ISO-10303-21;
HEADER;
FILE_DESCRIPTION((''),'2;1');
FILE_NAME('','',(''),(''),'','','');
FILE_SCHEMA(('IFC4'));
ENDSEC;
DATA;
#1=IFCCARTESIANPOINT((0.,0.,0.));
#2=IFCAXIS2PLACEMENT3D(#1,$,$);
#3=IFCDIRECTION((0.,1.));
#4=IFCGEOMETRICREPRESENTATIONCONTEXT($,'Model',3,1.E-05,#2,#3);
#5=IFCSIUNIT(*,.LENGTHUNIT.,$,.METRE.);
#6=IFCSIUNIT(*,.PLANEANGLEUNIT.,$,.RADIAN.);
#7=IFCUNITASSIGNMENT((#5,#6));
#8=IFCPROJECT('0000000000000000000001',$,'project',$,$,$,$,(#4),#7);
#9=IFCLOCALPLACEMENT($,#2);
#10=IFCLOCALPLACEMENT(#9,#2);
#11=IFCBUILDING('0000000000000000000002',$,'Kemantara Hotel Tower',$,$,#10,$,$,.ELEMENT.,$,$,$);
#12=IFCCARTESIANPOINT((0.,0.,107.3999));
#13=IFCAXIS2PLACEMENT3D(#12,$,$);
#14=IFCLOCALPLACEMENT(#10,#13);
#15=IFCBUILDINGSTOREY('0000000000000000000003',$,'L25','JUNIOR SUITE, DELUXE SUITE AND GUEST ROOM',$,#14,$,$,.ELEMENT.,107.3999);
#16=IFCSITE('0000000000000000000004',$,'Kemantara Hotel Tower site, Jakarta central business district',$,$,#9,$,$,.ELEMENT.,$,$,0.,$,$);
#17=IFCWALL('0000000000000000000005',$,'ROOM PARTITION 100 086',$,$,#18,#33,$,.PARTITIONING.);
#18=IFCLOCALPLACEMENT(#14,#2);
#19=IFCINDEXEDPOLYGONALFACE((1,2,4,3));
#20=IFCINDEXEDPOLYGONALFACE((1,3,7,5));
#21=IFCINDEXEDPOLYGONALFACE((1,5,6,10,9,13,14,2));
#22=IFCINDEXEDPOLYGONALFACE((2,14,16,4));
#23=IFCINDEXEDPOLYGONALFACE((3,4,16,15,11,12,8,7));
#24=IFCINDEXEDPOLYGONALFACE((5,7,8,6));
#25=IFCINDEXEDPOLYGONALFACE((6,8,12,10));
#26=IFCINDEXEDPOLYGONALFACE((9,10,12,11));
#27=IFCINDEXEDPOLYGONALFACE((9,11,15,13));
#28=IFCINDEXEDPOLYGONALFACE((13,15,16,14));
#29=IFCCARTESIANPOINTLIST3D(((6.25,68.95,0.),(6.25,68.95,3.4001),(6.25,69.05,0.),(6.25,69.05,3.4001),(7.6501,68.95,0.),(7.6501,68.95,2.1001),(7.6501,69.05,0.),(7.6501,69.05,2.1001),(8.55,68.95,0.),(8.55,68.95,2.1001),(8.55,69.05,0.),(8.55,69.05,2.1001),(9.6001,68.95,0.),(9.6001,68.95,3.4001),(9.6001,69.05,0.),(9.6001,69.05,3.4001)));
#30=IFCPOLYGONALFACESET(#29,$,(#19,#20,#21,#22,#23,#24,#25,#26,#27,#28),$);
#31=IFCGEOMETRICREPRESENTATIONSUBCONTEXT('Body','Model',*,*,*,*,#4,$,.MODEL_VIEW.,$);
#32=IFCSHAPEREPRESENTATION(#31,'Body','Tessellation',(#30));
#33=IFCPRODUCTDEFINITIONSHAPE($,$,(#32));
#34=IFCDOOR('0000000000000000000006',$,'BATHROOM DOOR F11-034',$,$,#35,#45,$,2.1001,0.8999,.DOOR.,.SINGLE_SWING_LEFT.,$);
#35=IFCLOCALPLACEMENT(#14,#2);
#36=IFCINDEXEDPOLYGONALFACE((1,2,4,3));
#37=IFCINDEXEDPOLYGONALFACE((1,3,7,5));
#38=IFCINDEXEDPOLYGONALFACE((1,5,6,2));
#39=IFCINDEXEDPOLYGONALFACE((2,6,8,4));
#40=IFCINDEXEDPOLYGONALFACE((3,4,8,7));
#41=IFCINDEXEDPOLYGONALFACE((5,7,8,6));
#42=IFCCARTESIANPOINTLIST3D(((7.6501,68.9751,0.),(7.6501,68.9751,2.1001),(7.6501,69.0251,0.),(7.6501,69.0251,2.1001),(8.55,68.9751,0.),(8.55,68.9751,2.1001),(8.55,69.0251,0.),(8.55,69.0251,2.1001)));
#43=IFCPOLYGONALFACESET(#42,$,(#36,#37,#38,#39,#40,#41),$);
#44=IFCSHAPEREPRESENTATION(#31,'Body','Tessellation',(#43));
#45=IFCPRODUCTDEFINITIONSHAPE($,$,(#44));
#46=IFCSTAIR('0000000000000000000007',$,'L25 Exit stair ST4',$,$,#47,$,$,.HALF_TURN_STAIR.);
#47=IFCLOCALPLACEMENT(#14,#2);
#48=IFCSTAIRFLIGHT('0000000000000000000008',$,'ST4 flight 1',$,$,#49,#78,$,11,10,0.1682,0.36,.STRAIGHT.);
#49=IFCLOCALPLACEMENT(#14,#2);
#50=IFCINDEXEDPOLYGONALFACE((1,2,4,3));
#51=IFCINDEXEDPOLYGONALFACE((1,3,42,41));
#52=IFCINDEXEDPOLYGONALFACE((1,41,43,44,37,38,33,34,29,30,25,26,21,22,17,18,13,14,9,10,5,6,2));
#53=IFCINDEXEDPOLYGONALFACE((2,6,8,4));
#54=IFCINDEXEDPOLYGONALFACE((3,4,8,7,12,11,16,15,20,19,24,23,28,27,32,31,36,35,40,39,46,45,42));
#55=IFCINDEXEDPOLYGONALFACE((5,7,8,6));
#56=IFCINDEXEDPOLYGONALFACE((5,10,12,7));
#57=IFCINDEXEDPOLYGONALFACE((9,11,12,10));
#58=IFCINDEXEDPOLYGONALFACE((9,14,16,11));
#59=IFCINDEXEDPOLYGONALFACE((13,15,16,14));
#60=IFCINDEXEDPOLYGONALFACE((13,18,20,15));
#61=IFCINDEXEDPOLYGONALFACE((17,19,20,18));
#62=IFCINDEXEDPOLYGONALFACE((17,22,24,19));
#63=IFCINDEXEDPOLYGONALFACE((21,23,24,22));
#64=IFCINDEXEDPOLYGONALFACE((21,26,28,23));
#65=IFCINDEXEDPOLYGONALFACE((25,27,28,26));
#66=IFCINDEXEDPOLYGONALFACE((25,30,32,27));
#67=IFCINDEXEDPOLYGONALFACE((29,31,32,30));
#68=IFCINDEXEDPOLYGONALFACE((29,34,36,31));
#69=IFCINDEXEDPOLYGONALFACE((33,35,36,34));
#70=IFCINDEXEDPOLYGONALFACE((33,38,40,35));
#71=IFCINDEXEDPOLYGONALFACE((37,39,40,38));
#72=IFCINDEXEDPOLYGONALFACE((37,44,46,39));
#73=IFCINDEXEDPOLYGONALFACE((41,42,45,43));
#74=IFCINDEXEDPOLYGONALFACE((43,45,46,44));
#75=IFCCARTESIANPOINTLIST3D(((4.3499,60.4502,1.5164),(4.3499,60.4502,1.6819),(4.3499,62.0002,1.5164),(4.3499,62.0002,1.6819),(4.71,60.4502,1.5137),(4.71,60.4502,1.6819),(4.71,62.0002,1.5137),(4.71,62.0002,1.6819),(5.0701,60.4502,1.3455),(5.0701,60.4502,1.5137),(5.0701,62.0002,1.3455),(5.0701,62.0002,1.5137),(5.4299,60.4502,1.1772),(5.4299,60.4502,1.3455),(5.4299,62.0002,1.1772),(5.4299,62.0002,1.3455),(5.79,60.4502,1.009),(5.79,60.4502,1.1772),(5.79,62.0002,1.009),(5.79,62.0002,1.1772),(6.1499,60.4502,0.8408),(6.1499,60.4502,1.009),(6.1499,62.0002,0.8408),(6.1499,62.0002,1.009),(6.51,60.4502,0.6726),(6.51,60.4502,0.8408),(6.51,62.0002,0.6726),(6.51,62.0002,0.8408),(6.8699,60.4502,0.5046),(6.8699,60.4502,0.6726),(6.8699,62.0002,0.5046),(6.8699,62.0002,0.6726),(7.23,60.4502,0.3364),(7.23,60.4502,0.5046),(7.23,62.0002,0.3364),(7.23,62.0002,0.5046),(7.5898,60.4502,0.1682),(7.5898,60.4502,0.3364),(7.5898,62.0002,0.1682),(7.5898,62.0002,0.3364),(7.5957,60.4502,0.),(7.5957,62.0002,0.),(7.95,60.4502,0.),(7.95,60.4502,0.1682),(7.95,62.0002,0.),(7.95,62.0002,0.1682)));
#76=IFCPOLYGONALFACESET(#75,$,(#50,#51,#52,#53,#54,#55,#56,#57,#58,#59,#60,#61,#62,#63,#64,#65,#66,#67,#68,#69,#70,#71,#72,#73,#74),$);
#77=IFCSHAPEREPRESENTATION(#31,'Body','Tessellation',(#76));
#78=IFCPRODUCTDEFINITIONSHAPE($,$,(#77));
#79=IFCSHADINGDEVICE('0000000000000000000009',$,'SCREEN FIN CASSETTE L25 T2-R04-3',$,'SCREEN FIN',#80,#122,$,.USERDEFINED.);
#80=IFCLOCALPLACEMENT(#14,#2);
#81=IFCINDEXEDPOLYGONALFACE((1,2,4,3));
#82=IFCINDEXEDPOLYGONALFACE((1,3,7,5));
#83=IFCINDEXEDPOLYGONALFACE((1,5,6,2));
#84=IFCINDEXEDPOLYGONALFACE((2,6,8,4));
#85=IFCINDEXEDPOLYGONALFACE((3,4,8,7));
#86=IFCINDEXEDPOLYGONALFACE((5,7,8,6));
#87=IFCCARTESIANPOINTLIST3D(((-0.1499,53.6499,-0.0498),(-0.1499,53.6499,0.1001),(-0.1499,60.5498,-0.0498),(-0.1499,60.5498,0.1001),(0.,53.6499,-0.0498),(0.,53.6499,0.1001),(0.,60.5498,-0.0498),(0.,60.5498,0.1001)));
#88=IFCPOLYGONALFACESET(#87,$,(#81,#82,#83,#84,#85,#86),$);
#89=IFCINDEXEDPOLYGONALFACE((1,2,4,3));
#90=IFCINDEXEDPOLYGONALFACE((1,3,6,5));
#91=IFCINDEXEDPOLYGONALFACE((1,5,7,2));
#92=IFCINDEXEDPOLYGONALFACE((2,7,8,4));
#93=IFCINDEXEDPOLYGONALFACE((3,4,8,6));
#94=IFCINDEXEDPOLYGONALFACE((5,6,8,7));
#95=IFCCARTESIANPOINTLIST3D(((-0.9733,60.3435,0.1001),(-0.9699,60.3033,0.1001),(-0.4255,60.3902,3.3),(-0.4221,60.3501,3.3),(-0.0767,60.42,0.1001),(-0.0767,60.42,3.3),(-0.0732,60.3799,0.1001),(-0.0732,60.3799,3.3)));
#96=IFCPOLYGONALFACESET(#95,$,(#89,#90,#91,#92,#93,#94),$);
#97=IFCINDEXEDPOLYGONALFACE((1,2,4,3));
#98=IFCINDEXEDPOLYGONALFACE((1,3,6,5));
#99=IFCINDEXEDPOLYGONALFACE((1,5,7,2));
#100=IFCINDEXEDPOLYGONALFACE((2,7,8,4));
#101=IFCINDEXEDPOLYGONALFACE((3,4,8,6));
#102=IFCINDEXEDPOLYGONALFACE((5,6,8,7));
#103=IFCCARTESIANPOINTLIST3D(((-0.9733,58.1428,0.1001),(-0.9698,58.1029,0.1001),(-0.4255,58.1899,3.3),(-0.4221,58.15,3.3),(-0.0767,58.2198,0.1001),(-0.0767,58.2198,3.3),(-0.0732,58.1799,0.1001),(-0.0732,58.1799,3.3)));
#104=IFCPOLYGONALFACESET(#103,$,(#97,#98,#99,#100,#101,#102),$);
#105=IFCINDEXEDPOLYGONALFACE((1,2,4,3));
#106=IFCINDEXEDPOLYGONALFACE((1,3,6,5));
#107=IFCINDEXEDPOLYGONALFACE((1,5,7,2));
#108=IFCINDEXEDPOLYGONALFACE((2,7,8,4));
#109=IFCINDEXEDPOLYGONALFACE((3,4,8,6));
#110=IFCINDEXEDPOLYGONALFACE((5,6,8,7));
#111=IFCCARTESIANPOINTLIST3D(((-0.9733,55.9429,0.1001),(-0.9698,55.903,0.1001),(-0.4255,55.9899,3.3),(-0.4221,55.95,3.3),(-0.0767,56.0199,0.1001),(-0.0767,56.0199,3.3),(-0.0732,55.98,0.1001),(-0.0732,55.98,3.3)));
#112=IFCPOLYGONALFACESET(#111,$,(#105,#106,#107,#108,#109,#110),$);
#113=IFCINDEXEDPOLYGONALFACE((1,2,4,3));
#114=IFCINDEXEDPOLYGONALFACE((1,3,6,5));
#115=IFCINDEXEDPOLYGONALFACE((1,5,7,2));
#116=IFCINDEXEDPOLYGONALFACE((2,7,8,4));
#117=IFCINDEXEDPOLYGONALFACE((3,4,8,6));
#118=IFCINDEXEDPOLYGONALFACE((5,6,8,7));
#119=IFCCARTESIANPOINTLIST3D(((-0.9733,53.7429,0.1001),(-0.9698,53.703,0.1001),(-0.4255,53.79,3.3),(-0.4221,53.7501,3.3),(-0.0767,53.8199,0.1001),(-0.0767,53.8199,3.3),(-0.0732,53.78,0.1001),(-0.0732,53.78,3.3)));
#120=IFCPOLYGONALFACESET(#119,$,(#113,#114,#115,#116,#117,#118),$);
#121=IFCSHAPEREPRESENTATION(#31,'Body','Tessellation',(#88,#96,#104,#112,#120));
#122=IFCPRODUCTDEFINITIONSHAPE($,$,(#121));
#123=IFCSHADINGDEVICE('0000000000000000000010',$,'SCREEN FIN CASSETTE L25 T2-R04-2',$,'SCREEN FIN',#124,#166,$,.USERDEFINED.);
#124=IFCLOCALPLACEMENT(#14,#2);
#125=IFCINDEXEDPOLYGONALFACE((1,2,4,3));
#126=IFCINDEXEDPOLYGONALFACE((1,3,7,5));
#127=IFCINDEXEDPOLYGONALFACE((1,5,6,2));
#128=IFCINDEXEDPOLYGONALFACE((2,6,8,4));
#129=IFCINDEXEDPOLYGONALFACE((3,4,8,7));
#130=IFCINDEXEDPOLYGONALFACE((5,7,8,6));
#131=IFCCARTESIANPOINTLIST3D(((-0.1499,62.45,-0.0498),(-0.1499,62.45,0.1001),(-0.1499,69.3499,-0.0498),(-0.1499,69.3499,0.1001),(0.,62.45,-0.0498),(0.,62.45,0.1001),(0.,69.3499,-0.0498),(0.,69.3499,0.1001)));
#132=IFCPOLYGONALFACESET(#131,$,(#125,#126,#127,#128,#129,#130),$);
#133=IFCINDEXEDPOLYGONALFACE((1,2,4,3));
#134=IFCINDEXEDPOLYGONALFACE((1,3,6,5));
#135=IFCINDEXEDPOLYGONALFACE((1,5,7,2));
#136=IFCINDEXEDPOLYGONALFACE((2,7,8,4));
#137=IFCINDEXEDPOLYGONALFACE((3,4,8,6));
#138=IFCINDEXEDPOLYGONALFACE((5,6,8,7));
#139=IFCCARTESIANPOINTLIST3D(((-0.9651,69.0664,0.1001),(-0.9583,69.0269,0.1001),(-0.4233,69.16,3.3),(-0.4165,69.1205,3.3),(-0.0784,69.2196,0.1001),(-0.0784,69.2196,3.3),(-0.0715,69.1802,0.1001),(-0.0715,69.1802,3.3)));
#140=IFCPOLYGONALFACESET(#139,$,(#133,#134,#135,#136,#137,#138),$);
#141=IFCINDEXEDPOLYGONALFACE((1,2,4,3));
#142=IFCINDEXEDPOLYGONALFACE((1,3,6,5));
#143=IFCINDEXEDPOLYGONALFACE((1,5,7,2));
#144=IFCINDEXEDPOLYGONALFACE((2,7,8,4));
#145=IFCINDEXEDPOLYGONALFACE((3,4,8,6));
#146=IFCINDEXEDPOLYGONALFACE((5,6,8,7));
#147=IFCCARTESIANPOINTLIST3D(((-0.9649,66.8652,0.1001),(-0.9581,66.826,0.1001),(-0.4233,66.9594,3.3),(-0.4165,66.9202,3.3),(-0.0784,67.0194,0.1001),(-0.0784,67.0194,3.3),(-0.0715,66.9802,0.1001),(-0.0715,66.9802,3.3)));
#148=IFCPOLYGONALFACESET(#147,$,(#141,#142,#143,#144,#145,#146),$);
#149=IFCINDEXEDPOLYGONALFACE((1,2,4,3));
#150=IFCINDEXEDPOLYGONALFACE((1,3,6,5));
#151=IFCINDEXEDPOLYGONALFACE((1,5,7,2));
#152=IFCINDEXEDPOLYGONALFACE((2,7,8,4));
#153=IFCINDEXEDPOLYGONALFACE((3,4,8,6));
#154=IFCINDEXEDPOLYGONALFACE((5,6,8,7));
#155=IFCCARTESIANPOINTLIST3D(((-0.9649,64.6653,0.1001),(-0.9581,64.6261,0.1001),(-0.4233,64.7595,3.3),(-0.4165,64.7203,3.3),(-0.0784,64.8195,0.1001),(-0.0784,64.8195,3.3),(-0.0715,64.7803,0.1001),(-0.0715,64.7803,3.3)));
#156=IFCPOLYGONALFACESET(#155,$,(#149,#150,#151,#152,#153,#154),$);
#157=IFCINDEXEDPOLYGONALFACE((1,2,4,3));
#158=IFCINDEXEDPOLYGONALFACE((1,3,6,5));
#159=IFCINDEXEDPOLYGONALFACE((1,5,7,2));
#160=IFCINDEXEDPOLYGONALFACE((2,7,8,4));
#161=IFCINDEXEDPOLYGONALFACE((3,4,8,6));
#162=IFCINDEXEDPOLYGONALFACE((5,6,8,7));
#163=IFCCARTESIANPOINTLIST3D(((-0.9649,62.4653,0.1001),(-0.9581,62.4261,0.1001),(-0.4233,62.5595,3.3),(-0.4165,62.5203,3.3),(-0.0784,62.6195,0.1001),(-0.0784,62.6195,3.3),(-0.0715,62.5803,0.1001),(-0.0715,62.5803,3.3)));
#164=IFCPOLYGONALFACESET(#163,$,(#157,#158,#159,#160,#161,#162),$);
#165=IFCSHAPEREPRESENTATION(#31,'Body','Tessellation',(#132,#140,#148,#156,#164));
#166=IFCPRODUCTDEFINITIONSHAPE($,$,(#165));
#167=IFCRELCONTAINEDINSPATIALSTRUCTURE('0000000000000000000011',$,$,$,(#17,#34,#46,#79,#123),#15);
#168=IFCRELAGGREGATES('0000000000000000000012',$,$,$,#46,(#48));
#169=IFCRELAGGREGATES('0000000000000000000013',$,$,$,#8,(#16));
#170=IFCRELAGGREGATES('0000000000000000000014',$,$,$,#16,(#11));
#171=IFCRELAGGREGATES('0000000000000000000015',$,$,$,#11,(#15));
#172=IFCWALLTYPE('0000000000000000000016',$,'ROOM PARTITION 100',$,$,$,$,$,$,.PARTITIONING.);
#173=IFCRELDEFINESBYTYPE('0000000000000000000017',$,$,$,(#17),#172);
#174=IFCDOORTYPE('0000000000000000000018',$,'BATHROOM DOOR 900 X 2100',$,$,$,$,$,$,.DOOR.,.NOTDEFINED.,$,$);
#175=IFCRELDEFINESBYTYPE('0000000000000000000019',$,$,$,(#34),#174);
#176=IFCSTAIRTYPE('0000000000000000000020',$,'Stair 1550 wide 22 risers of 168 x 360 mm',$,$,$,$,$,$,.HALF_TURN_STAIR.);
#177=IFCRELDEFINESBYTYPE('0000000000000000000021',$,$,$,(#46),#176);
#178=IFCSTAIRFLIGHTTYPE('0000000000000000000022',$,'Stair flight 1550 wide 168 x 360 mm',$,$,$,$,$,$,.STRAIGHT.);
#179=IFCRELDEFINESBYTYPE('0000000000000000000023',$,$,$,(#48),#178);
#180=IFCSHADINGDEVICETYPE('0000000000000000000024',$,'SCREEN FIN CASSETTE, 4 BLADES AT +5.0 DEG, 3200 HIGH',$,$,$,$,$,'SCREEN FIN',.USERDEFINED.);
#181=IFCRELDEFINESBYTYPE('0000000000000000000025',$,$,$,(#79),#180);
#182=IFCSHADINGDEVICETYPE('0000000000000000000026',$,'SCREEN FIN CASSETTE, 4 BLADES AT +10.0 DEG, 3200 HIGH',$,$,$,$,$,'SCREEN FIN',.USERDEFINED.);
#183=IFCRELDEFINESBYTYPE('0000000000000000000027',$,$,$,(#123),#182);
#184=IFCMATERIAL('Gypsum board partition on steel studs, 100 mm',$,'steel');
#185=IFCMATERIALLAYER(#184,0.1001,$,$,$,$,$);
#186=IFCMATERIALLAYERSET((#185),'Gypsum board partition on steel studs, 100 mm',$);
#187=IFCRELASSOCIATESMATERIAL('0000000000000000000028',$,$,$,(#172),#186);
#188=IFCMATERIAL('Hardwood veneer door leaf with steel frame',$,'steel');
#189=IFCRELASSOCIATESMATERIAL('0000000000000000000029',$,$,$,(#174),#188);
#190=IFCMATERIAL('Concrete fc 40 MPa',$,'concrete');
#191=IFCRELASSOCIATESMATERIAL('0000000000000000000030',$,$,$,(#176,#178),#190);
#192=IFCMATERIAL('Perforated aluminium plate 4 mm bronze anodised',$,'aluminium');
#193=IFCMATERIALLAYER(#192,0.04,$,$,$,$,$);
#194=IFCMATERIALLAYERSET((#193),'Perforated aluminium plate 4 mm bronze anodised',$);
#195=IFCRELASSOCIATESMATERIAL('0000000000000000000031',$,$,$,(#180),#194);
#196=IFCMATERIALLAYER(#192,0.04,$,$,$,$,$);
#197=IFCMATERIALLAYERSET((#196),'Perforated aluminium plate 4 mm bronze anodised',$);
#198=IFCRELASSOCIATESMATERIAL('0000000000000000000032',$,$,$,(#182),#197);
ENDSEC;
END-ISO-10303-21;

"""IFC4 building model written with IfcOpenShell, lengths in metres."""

from ifc_helpers import new_model, si_unit, direction, frame, frame_2d, origin, origin_2d, place, context, subcontext, project, spatial, polyline, rectangle, outline, extrude, source, transform, mapped, material, layer, layer_set, type_object, element, fill, aggregate, save


model = new_model("IFC4")

# Units and contexts
model_context = context("Model", 3, precision=1e-05, world=origin(), true_north=direction((0.0, 1.0)))
body_context = subcontext(model_context, "Body", "Model", "MODEL_VIEW")
ifc_project = project(units=[si_unit("LENGTHUNIT", "METRE"), si_unit("PLANEANGLEUNIT", "RADIAN")], contexts=[model_context])

# Site, building, storey
site_placement = place(None, origin())
site = spatial("IfcSite", under=ifc_project, at=site_placement, Name="Kemantara Hotel Tower site, Jakarta central business district", CompositionType="ELEMENT", RefElevation=0.0)
building_placement = place(site_placement, origin())
building = spatial("IfcBuilding", under=site, at=building_placement, Name="Kemantara Hotel Tower", CompositionType="ELEMENT")
storey_placement = place(building_placement, frame((0.0, 0.0, 107.3999)))
storey = spatial("IfcBuildingStorey", under=building, at=storey_placement, Name="L25", Description="JUNIOR SUITE, DELUXE SUITE AND GUEST ROOM", CompositionType="ELEMENT", Elevation=107.3999)

# Shared definitions
ifc_material_1 = material(Name="Hardwood veneer door leaf with steel frame", Category="steel")

# Shared definitions
ifc_material_2 = material(Name="Concrete fc 40 MPa", Category="concrete")

# Shared definitions
ifc_material_3 = material(Name="Gypsum board partition on steel studs, 100 mm", Category="steel")
ifc_layer_1 = layer(ifc_material_3, 0.1001)
ifc_layer_set_1 = layer_set([ifc_layer_1], Name="Gypsum board partition on steel studs, 100 mm")
wall_type_1 = type_object("IfcWallType", Name="ROOM PARTITION 100", PredefinedType="PARTITIONING", material=ifc_layer_set_1)

# Wall, opening, door
door_type_1 = type_object("IfcDoorType", Name="BATHROOM DOOR 900 X 2100", OperationType="NOTDEFINED", PredefinedType="DOOR", material=ifc_material_1)
wall_1_placement = place(storey_placement, frame((9.6001, 69.0, 0.0), z_axis=(0.0, 0.0, 1.0), x_axis=(-1.0, 0.0, 0.0)))
wall_1 = element("IfcWall", 1, at=wall_1_placement, inside=storey, type_object=wall_type_1, Name="ROOM PARTITION 100 086", PredefinedType="PARTITIONING", context=body_context, shape_type="SweptSolid", body=[
    extrude(rectangle(XDim=3.3501, YDim=0.1001, at=frame_2d((1.675, 0.0))), origin(), (0.0, 0.0, 1.0), 3.4001),
])
opening_1_placement = place(wall_1_placement, frame((1.05, 0.0, 0.0)))
opening_1 = element("IfcOpeningElement", 2, at=opening_1_placement, cuts=wall_1, PredefinedType="OPENING", context=body_context, shape_type="SweptSolid", body=[
    extrude(rectangle(XDim=0.8999, YDim=2.1001, at=frame_2d((0.45, 1.05))), frame((0.0, 0.0601, 0.0), z_axis=(0.0, -1.0, 0.0), x_axis=(1.0, 0.0, 0.0)), (0.0, 0.0, 1.0), 0.1201),
])
door_1_placement = place(opening_1_placement, origin())
door_1 = element("IfcDoor", 3, at=door_1_placement, inside=storey, type_object=door_type_1, Name="BATHROOM DOOR F11-034", OperationType="SINGLE_SWING_LEFT", OverallHeight=2.1001, OverallWidth=0.8999, PredefinedType="DOOR", context=body_context, shape_type="SweptSolid", body=[
    extrude(rectangle(XDim=0.8999, YDim=2.1001, at=frame_2d((0.45, 1.05))), frame((0.0, 0.0249, 0.0), z_axis=(0.0, -1.0, 0.0), x_axis=(1.0, 0.0, 0.0)), (0.0, 0.0, 1.0), 0.05),
])
fill(opening_1, door_1)

# Stair, stair flight
stair_type = type_object("IfcStairType", Name="Stair 1550 wide 22 risers of 168 x 360 mm", PredefinedType="HALF_TURN_STAIR", material=ifc_material_2)
stair_placement = place(storey_placement, origin())
stair = element("IfcStair", 4, at=stair_placement, inside=storey, type_object=stair_type, Name="L25 Exit stair ST4", PredefinedType="HALF_TURN_STAIR")
stair_flight_type = type_object("IfcStairFlightType", Name="Stair flight 1550 wide 168 x 360 mm", PredefinedType="STRAIGHT", material=ifc_material_2)
stair_flight_placement = place(storey_placement, frame((7.95, 61.2251, 0.0), z_axis=(0.0, 0.0, 1.0), x_axis=(-1.0, 0.0, 0.0)))
stair_flight = element("IfcStairFlight", 5, at=stair_flight_placement, type_object=stair_flight_type, Name="ST4 flight 1", NumberOfRisers=11, NumberOfTreads=10, PredefinedType="STRAIGHT", RiserHeight=0.1682, TreadLength=0.36, context=body_context, shape_type="SweptSolid", body=[
    extrude(outline(polyline([(0.0, 0.0), (0.0, 0.1682), (0.3601, 0.1682), (0.3601, 0.3364), (0.72, 0.3364), (0.72, 0.5046), (1.0801, 0.5046), (1.0801, 0.6726), (1.4399, 0.6726), (1.4399, 0.8408), (1.8, 0.8408), (1.8, 1.009), (2.1599, 1.009), (2.1599, 1.1772), (2.52, 1.1772), (2.52, 1.3455), (2.8799, 1.3455), (2.8799, 1.5137), (3.24, 1.5137), (3.24, 1.6819), (3.6001, 1.6819), (3.6001, 1.8501), (3.6001, 1.5164), (0.3542, 0.0), (0.0, 0.0)])), frame((0.0, 0.7749, 0.0), z_axis=(0.0, -1.0, 0.0), x_axis=(1.0, 0.0, 0.0)), (0.0, 0.0, 1.0), 1.55),
])
aggregate(stair, [stair_flight])

# Shading devices
ifc_material_4 = material(Name="Perforated aluminium plate 4 mm bronze anodised", Category="aluminium")
ifc_layer_2 = layer(ifc_material_4, 0.04)
ifc_layer_set_2 = layer_set([ifc_layer_2], Name="Perforated aluminium plate 4 mm bronze anodised")
shading_device_type_1 = type_object("IfcShadingDeviceType", Name="SCREEN FIN CASSETTE, 4 BLADES AT +5.0 DEG, 3200 HIGH", ElementType="SCREEN FIN", PredefinedType="USERDEFINED", material=ifc_layer_set_2)
shared_shape_1 = source(origin(), body_context, "Body", "SweptSolid", [
    extrude(rectangle(XDim=6.8999, YDim=0.1499, at=origin_2d()), frame((3.3, -0.075, -0.1499), z_axis=(0.0, 0.0, 1.0), x_axis=(1.0, 0.0, 0.0)), (0.0, 0.0, 1.0), 0.1499),
    extrude(outline(polyline([(0.0, 0.0), (0.8999, 0.0), (0.3501, 3.2), (0.0, 3.2), (0.0, 0.0)])), frame((0.02, -0.0732, 0.0), z_axis=(-0.996376, -0.085056, 0.0), x_axis=(0.085056, -0.996376, 0.0)), (0.0, 0.0, 1.0), 0.0403),
    extrude(outline(polyline([(0.0, 0.0), (0.8999, 0.0), (0.3501, 3.2), (0.0, 3.2), (0.0, 0.0)])), frame((2.22, -0.0732, 0.0), z_axis=(-0.996332, -0.085575, 0.0), x_axis=(0.085575, -0.996332, 0.0)), (0.0, 0.0, 1.0), 0.04),
    extrude(outline(polyline([(0.0, 0.0), (0.8999, 0.0), (0.3501, 3.2), (0.0, 3.2), (0.0, 0.0)])), frame((4.4199, -0.0732, 0.0), z_axis=(-0.996332, -0.085575, 0.0), x_axis=(0.085575, -0.996332, 0.0)), (0.0, 0.0, 1.0), 0.04),
    extrude(outline(polyline([(0.0, 0.0), (0.8999, 0.0), (0.3501, 3.2), (0.0, 3.2), (0.0, 0.0)])), frame((6.6199, -0.0732, 0.0), z_axis=(-0.996332, -0.085575, 0.0), x_axis=(0.085575, -0.996332, 0.0)), (0.0, 0.0, 1.0), 0.04),
])
shading_device_1_placement = place(storey_placement, frame((0.0, 60.3999, 0.1001), z_axis=(0.0, 0.0, 1.0), x_axis=(0.0, -1.0, 0.0)))
element("IfcShadingDevice", 6, at=shading_device_1_placement, inside=storey, type_object=shading_device_type_1, Name="SCREEN FIN CASSETTE L25 T2-R04-3", ObjectType="SCREEN FIN", PredefinedType="USERDEFINED", context=body_context, shape_type="MappedRepresentation", body=[
    mapped(shared_shape_1, transform((0.0, 0.0, 0.0))),
])
ifc_layer_3 = layer(ifc_material_4, 0.04)
ifc_layer_set_3 = layer_set([ifc_layer_3], Name="Perforated aluminium plate 4 mm bronze anodised")
shading_device_type_2 = type_object("IfcShadingDeviceType", Name="SCREEN FIN CASSETTE, 4 BLADES AT +10.0 DEG, 3200 HIGH", ElementType="SCREEN FIN", PredefinedType="USERDEFINED", material=ifc_layer_set_3)
shared_shape_2 = source(origin(), body_context, "Body", "SweptSolid", [
    extrude(rectangle(XDim=6.8999, YDim=0.1499, at=origin_2d()), frame((3.3, -0.075, -0.1499), z_axis=(0.0, 0.0, 1.0), x_axis=(1.0, 0.0, 0.0)), (0.0, 0.0, 1.0), 0.1499),
    extrude(outline(polyline([(0.0, 0.0), (0.8999, 0.0), (0.3501, 3.2), (0.0, 3.2), (0.0, 0.0)])), frame((0.0198, -0.0715, 0.0), z_axis=(-0.98539, -0.170314, 0.0), x_axis=(0.170314, -0.98539, 0.0)), (0.0, 0.0, 1.0), 0.04),
    extrude(outline(polyline([(0.0, 0.0), (0.8999, 0.0), (0.3501, 3.2), (0.0, 3.2), (0.0, 0.0)])), frame((2.2197, -0.0715, 0.0), z_axis=(-0.985212, -0.171341, 0.0), x_axis=(0.171341, -0.985212, 0.0)), (0.0, 0.0, 1.0), 0.0398),
    extrude(outline(polyline([(0.0, 0.0), (0.8999, 0.0), (0.3501, 3.2), (0.0, 3.2), (0.0, 0.0)])), frame((4.4197, -0.0715, 0.0), z_axis=(-0.985212, -0.171341, 0.0), x_axis=(0.171341, -0.985212, 0.0)), (0.0, 0.0, 1.0), 0.0398),
    extrude(outline(polyline([(0.0, 0.0), (0.8999, 0.0), (0.3501, 3.2), (0.0, 3.2), (0.0, 0.0)])), frame((6.6196, -0.0715, 0.0), z_axis=(-0.985212, -0.171341, 0.0), x_axis=(0.171341, -0.985212, 0.0)), (0.0, 0.0, 1.0), 0.0398),
])
shading_device_2_placement = place(storey_placement, frame((0.0, 69.2, 0.1001), z_axis=(0.0, 0.0, 1.0), x_axis=(0.0, -1.0, 0.0)))
element("IfcShadingDevice", 7, at=shading_device_2_placement, inside=storey, type_object=shading_device_type_2, Name="SCREEN FIN CASSETTE L25 T2-R04-2", ObjectType="SCREEN FIN", PredefinedType="USERDEFINED", context=body_context, shape_type="MappedRepresentation", body=[
    mapped(shared_shape_2, transform((0.0, 0.0, 0.0))),
])

save(model, "model.ifc")
